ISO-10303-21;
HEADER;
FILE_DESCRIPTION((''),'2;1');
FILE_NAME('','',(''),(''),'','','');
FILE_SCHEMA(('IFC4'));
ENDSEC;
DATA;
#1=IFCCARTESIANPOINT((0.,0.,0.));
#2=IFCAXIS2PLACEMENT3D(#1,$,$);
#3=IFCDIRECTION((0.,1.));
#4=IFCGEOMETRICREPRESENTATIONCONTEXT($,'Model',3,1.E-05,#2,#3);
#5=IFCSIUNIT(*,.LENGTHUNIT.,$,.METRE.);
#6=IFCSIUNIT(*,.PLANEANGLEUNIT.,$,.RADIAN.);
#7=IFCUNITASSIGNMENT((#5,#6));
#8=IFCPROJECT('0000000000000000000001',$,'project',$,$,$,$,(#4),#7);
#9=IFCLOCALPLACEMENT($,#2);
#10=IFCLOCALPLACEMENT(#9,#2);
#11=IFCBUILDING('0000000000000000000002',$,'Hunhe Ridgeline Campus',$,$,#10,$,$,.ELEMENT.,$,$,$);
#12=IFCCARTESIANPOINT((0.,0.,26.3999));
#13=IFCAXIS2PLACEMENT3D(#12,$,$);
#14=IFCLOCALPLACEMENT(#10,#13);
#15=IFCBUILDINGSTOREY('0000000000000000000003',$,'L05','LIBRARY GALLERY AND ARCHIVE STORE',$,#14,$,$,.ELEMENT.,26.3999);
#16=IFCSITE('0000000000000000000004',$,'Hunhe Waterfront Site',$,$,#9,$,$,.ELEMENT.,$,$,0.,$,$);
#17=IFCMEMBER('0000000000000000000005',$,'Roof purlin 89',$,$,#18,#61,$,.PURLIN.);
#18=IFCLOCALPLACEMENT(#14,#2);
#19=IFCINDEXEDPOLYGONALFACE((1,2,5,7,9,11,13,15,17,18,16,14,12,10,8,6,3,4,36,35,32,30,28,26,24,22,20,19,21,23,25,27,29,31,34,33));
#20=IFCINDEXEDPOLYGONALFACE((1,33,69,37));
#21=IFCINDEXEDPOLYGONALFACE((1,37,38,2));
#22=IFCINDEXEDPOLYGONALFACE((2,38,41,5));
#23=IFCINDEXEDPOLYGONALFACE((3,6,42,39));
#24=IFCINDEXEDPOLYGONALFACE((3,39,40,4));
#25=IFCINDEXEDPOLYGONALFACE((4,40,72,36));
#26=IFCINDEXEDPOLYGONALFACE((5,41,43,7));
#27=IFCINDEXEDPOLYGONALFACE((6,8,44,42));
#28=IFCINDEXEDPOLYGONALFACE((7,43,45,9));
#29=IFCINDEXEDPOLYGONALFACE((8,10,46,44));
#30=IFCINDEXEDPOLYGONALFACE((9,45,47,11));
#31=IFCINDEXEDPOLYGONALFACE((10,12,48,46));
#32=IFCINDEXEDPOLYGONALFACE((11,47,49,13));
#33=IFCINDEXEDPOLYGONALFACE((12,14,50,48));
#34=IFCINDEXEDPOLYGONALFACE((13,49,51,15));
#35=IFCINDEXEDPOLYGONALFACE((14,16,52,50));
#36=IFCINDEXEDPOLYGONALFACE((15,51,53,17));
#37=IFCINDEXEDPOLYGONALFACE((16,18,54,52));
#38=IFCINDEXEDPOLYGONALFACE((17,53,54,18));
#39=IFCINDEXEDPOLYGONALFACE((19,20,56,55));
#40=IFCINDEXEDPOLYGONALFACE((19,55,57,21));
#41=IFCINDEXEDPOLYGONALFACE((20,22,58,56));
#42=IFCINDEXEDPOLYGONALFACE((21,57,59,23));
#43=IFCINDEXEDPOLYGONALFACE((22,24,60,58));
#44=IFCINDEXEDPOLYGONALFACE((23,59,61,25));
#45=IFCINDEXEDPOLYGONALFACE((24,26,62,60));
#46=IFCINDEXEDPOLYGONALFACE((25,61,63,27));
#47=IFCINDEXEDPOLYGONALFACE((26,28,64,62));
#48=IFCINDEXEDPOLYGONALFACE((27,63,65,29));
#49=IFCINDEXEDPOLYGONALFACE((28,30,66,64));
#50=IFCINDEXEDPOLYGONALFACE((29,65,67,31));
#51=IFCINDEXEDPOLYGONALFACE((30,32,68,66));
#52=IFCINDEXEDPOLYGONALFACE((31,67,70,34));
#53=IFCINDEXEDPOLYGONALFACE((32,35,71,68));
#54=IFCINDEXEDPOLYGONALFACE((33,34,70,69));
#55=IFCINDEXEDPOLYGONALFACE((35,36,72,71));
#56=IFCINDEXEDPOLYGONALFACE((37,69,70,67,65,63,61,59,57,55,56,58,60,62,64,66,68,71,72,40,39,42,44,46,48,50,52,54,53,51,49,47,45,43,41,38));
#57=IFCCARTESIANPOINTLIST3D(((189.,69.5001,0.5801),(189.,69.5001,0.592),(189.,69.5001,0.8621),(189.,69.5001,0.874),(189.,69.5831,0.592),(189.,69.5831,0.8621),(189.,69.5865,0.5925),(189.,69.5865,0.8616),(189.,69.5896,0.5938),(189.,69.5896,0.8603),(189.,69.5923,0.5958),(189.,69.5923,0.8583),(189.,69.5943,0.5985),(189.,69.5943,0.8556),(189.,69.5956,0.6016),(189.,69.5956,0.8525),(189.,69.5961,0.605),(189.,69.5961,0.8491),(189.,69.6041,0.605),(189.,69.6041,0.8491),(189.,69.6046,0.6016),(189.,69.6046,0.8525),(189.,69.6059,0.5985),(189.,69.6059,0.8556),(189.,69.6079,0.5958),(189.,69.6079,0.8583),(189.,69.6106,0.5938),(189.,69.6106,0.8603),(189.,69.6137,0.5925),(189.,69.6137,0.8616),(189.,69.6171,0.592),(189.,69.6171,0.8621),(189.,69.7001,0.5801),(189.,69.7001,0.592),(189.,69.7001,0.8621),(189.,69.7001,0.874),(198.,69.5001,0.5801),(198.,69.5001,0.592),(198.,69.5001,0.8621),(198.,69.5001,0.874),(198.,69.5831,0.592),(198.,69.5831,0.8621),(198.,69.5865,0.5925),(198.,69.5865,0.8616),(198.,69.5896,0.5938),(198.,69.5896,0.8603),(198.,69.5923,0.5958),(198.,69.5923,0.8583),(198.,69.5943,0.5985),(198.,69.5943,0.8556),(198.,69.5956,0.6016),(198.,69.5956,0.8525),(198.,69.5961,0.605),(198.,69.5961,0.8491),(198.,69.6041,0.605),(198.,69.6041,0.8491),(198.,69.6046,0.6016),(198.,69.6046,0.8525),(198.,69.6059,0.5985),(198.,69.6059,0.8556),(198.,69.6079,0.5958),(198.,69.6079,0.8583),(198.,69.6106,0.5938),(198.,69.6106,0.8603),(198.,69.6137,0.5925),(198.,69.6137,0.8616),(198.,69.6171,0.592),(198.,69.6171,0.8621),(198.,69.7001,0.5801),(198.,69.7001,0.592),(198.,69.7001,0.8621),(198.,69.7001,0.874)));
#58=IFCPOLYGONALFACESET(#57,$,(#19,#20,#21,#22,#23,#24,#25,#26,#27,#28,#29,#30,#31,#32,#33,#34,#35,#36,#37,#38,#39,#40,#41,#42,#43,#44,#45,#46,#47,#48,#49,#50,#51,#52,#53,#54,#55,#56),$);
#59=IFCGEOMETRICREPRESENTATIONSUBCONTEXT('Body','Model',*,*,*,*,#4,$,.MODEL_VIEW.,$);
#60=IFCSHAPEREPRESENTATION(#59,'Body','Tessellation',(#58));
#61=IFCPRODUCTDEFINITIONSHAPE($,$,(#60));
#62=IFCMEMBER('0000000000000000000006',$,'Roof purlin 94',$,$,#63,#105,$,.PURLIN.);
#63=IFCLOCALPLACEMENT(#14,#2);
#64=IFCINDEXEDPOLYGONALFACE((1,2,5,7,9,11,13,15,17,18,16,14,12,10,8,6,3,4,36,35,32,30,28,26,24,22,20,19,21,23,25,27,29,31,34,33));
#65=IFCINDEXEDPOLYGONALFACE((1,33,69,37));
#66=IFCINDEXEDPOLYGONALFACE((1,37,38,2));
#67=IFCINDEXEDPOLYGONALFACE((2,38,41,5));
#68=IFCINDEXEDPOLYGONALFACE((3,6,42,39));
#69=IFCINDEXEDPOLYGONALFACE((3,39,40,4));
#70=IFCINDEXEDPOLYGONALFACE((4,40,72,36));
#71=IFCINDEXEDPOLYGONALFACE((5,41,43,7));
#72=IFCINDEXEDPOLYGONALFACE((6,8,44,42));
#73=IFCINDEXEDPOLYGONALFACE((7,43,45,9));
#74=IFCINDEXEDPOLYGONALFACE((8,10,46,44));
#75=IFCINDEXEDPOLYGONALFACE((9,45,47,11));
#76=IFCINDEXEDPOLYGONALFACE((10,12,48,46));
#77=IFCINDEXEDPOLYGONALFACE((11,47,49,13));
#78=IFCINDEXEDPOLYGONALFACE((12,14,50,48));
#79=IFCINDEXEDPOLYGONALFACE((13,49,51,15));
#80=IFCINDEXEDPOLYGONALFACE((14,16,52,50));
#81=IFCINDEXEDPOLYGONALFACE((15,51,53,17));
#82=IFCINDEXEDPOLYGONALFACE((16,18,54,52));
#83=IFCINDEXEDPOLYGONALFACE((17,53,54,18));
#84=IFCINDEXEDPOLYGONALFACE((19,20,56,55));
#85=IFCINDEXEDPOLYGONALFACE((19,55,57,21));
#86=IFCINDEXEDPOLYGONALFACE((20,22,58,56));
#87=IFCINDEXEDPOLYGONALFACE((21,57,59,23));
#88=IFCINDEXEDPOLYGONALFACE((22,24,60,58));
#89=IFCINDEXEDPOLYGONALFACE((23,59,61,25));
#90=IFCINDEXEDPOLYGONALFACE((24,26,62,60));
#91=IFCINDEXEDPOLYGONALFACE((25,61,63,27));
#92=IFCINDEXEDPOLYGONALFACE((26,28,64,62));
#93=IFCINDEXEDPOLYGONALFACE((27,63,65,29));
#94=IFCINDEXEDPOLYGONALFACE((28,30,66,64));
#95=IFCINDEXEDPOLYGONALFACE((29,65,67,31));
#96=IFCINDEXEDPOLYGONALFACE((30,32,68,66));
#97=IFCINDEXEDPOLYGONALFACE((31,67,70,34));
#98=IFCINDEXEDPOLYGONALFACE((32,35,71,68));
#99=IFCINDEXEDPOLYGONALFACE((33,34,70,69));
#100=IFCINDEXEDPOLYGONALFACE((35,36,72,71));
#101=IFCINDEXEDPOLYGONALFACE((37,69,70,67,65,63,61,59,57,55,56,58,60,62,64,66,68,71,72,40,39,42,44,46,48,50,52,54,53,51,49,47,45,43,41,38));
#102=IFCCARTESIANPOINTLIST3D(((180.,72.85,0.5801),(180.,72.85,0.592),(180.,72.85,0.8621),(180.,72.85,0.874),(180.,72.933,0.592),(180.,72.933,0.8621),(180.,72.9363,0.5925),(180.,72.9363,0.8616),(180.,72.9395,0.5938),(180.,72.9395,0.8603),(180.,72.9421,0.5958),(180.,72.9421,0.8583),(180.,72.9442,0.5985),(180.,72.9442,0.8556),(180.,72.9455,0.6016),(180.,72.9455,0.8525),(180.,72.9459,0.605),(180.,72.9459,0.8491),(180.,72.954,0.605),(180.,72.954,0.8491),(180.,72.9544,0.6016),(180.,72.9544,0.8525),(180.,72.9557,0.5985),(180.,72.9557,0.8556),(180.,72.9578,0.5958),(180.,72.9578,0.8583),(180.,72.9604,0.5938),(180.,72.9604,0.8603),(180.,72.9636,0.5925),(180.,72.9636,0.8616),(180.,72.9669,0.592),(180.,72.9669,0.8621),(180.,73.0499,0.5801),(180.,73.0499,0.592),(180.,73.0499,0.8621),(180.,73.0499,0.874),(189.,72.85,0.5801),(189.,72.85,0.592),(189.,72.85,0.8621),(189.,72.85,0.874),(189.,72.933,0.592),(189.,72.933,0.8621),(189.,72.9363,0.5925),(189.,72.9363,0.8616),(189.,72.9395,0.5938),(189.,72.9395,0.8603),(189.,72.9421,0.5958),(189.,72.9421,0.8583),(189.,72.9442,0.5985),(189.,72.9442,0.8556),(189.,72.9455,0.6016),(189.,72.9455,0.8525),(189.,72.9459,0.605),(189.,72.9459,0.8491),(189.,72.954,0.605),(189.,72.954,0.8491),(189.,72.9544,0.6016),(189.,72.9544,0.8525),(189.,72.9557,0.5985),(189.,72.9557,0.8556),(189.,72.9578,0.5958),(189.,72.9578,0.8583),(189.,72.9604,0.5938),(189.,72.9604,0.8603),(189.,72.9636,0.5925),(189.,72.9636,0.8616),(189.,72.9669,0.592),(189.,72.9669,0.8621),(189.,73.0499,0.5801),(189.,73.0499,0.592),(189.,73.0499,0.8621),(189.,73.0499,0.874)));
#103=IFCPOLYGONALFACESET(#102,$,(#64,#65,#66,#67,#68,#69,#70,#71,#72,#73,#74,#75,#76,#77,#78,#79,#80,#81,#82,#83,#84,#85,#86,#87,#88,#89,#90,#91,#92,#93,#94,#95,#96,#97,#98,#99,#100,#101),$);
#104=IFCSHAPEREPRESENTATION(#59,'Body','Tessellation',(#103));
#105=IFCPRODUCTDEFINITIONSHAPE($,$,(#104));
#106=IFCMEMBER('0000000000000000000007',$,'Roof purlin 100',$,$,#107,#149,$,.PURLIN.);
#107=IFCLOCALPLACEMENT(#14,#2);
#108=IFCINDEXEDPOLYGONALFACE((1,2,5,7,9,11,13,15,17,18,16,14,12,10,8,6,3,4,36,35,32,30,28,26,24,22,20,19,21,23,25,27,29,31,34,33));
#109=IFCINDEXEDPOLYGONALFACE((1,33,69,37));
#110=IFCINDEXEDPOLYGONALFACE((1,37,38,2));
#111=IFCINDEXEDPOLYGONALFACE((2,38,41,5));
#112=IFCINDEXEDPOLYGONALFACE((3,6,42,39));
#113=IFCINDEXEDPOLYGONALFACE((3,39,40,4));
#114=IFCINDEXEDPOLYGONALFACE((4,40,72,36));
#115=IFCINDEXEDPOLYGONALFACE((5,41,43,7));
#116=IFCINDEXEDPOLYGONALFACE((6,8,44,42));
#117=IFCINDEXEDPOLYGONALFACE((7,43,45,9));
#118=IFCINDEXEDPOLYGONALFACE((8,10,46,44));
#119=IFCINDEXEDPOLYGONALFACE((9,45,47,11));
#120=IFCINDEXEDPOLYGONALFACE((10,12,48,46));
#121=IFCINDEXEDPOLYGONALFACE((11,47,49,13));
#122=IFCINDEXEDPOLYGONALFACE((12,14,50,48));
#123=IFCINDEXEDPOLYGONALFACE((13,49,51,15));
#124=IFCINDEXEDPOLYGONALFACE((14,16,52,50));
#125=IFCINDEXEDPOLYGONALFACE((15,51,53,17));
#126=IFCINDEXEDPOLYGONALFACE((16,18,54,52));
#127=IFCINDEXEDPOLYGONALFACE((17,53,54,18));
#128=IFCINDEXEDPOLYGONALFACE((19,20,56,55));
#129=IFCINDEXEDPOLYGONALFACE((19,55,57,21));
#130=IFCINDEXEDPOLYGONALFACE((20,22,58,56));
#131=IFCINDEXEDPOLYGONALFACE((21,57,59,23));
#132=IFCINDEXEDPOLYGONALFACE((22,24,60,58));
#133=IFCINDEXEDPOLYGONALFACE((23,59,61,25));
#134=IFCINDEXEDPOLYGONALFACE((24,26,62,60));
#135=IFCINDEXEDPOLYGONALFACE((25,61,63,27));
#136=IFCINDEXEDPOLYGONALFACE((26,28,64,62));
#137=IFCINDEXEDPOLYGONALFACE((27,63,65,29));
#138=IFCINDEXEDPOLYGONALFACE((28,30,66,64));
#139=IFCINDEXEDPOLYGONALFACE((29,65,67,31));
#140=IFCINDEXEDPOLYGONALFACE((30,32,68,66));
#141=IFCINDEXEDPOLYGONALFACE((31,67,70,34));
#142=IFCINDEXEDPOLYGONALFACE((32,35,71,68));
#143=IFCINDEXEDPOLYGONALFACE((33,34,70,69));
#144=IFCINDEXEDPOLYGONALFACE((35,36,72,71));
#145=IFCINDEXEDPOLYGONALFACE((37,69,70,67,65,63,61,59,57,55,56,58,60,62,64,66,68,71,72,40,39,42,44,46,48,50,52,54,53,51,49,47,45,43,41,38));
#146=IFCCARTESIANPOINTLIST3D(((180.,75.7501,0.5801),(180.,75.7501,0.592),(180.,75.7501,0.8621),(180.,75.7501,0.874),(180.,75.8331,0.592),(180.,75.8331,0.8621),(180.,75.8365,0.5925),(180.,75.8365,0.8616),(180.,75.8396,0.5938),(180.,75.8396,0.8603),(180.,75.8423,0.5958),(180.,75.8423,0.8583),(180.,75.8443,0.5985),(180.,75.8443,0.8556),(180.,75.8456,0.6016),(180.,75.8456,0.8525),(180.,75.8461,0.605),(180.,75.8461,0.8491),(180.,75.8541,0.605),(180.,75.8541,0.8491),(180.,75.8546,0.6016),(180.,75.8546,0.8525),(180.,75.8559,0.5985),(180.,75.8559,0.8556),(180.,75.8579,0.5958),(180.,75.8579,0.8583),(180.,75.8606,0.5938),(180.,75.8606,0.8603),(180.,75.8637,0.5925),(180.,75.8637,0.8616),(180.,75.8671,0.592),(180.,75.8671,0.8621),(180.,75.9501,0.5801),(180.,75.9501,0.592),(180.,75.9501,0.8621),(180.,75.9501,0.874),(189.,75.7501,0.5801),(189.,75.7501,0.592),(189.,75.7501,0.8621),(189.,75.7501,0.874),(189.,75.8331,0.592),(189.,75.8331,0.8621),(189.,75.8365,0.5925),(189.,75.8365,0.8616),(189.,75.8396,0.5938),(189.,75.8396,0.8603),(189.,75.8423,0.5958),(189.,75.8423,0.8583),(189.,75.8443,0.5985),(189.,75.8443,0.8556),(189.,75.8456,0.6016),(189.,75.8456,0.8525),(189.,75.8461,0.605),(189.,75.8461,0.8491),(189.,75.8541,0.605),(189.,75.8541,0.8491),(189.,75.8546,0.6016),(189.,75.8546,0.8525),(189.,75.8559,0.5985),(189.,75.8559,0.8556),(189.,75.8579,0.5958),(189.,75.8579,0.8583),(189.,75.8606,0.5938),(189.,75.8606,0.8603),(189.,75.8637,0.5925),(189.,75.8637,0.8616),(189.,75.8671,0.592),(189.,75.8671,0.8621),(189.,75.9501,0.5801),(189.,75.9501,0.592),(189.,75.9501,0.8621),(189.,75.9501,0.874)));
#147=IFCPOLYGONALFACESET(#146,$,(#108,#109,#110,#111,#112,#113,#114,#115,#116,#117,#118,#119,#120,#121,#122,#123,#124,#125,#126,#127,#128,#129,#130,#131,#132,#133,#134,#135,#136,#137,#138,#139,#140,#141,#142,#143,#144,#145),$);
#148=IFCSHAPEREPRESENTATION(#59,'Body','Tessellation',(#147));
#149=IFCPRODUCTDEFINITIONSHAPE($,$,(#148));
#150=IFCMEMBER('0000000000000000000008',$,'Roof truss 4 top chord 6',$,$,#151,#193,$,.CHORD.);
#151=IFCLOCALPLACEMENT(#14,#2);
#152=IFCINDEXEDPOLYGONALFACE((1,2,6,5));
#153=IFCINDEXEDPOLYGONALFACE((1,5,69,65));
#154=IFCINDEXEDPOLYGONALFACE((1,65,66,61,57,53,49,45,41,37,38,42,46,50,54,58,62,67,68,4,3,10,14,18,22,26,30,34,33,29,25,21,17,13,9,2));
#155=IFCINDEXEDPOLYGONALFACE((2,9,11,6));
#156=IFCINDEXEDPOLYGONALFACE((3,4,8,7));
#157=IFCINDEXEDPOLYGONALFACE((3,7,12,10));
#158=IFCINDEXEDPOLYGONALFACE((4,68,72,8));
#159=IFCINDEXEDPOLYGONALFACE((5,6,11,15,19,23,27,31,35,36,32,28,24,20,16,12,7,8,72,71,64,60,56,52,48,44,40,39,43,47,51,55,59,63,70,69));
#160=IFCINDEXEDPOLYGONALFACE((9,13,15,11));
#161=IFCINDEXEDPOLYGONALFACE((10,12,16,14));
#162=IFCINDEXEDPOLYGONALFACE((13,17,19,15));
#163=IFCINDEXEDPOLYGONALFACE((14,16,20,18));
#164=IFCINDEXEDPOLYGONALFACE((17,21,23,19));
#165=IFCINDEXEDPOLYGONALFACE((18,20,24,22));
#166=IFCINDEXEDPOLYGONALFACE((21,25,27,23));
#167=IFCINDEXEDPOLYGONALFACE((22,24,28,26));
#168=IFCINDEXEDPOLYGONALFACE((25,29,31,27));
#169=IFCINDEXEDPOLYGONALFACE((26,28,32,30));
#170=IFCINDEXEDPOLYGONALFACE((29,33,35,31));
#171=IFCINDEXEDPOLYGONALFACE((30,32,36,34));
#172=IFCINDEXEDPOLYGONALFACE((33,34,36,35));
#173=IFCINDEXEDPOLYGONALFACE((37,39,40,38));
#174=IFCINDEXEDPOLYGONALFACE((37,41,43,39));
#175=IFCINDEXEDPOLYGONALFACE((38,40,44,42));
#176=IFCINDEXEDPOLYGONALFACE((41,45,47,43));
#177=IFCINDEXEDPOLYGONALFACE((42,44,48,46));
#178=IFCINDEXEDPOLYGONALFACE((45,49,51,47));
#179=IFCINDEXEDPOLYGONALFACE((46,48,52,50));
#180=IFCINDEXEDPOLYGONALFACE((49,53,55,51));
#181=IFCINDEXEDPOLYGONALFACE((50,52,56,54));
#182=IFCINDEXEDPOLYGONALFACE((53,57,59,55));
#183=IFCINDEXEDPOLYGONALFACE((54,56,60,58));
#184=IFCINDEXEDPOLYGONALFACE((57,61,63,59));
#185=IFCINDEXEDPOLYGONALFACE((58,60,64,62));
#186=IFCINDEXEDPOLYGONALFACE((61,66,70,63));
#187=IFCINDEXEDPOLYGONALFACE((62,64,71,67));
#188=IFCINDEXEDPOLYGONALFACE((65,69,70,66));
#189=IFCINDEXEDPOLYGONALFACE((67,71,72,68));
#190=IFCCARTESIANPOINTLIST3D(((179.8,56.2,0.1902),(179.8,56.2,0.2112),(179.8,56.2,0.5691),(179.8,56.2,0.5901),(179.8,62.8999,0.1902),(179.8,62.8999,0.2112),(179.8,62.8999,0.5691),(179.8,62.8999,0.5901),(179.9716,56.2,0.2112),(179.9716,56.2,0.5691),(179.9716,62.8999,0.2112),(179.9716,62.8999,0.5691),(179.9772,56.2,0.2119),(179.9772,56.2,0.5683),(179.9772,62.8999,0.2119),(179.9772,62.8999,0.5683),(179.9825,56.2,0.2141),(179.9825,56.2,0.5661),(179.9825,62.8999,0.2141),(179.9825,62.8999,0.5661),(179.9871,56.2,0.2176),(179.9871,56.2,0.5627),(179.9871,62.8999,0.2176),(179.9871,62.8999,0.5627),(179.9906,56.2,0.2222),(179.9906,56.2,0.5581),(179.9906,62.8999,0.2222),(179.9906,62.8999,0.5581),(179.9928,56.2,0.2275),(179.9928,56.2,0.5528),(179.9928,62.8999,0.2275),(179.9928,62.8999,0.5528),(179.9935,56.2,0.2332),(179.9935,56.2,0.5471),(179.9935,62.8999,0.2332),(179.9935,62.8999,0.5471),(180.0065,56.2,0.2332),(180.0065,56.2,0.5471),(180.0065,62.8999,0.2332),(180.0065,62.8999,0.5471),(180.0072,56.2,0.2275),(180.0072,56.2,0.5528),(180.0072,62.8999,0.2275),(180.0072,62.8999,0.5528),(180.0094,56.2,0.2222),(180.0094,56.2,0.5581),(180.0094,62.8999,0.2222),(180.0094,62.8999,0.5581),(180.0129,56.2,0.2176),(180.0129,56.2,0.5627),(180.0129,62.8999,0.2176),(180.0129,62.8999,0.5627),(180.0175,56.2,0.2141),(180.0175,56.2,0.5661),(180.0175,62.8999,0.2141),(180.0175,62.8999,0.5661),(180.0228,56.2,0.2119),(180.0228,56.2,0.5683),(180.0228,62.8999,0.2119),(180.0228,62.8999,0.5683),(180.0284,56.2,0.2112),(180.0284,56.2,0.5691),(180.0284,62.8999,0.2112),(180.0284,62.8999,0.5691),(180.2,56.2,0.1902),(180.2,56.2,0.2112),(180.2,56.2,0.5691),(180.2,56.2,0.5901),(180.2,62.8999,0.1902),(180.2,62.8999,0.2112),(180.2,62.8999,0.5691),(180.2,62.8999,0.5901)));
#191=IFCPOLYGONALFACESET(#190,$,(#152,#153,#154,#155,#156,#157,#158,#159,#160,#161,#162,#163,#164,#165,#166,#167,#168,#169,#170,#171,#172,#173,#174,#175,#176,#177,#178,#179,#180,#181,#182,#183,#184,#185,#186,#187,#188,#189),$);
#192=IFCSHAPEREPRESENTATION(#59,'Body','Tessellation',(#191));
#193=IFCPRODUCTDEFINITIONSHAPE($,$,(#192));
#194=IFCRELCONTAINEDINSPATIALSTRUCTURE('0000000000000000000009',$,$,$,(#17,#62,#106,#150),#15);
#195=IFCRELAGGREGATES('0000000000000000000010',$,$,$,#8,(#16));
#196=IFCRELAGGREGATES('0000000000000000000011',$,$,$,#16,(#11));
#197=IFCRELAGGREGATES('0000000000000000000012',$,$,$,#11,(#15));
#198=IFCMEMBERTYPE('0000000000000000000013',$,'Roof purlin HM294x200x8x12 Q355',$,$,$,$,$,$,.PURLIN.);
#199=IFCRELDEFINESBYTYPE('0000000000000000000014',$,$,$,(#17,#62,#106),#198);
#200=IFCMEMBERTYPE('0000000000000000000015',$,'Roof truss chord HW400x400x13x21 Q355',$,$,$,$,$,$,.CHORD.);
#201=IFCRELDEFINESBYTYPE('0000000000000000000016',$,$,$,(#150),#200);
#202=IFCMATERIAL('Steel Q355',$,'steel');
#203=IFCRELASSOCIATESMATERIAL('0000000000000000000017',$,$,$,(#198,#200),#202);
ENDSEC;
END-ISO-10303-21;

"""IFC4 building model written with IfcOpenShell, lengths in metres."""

from ifc_helpers import new_model, si_unit, direction, frame, origin, origin_2d, place, context, subcontext, project, spatial, i_section, extrude, material, material_profile, profile_set, type_object, element, save


model = new_model("IFC4")

# Units and contexts
model_context = context("Model", 3, precision=1e-05, world=origin(), true_north=direction((0.0, 1.0)))
body_context = subcontext(model_context, "Body", "Model", "MODEL_VIEW")
ifc_project = project(units=[si_unit("LENGTHUNIT", "METRE"), si_unit("PLANEANGLEUNIT", "RADIAN")], contexts=[model_context])

# Site, building, storey
site_placement = place(None, origin())
site = spatial("IfcSite", under=ifc_project, at=site_placement, Name="Hunhe Waterfront Site", CompositionType="ELEMENT", RefElevation=0.0)
building_placement = place(site_placement, origin())
building = spatial("IfcBuilding", under=site, at=building_placement, Name="Hunhe Ridgeline Campus", CompositionType="ELEMENT")
storey_placement = place(building_placement, frame((0.0, 0.0, 26.3999)))
storey = spatial("IfcBuildingStorey", under=building, at=storey_placement, Name="L05", Description="LIBRARY GALLERY AND ARCHIVE STORE", CompositionType="ELEMENT", Elevation=26.3999)

# Members
ifc_material = material(Name="Steel Q355", Category="steel")
ifc_material_profile_1 = material_profile(ifc_material, i_section(OverallWidth=0.2, OverallDepth=0.2939, WebThickness=0.0081, FlangeThickness=0.012, FilletRadius=0.0129, at=origin_2d()))
ifc_profile_set_1 = profile_set([ifc_material_profile_1], Name="Steel Q355")
member_type_1 = type_object("IfcMemberType", Name="Roof purlin HM294x200x8x12 Q355", PredefinedType="PURLIN", material=ifc_profile_set_1)
for number, where, z_axis, x_axis, name in (
    (1, (189.0, 69.6001, 0.7271), (1.0, 0.0, 0.0), (0.0, 1.0, 0.0), "Roof purlin 89"),
    (2, (180.0, 72.95, 0.7271), (1.0, 0.0, 0.0), (0.0, 1.0, 0.0), "Roof purlin 94"),
    (3, (180.0, 75.8501, 0.7271), (1.0, 0.0, 0.0), (0.0, 1.0, 0.0), "Roof purlin 100"),
):
    element("IfcMember", number, at=place(storey_placement, frame(where, z_axis=z_axis, x_axis=x_axis)), inside=storey, type_object=member_type_1, Name=name, PredefinedType="PURLIN", context=body_context, shape_type="SweptSolid", body=[
        extrude(i_section(OverallWidth=0.2, OverallDepth=0.2939, WebThickness=0.0081, FlangeThickness=0.012, FilletRadius=0.0129, at=origin_2d()), origin(), (0.0, 0.0, 1.0), 9.0),
    ])
ifc_material_profile_2 = material_profile(ifc_material, i_section(OverallWidth=0.3999, OverallDepth=0.3999, WebThickness=0.0129, FlangeThickness=0.021, FilletRadius=0.022, at=origin_2d()))
ifc_profile_set_2 = profile_set([ifc_material_profile_2], Name="Steel Q355")
member_type_2 = type_object("IfcMemberType", Name="Roof truss chord HW400x400x13x21 Q355", PredefinedType="CHORD", material=ifc_profile_set_2)
member_1_placement = place(storey_placement, frame((180.0, 56.2, 0.3901), z_axis=(0.0, 1.0, 0.0), x_axis=(-1.0, 0.0, 0.0)))
element("IfcMember", 4, at=member_1_placement, inside=storey, type_object=member_type_2, Name="Roof truss 4 top chord 6", PredefinedType="CHORD", context=body_context, shape_type="SweptSolid", body=[
    extrude(i_section(OverallWidth=0.3999, OverallDepth=0.3999, WebThickness=0.0129, FlangeThickness=0.021, FilletRadius=0.022, at=origin_2d()), origin(), (0.0, 0.0, 1.0), 6.7),
])

save(model, "model.ifc")
